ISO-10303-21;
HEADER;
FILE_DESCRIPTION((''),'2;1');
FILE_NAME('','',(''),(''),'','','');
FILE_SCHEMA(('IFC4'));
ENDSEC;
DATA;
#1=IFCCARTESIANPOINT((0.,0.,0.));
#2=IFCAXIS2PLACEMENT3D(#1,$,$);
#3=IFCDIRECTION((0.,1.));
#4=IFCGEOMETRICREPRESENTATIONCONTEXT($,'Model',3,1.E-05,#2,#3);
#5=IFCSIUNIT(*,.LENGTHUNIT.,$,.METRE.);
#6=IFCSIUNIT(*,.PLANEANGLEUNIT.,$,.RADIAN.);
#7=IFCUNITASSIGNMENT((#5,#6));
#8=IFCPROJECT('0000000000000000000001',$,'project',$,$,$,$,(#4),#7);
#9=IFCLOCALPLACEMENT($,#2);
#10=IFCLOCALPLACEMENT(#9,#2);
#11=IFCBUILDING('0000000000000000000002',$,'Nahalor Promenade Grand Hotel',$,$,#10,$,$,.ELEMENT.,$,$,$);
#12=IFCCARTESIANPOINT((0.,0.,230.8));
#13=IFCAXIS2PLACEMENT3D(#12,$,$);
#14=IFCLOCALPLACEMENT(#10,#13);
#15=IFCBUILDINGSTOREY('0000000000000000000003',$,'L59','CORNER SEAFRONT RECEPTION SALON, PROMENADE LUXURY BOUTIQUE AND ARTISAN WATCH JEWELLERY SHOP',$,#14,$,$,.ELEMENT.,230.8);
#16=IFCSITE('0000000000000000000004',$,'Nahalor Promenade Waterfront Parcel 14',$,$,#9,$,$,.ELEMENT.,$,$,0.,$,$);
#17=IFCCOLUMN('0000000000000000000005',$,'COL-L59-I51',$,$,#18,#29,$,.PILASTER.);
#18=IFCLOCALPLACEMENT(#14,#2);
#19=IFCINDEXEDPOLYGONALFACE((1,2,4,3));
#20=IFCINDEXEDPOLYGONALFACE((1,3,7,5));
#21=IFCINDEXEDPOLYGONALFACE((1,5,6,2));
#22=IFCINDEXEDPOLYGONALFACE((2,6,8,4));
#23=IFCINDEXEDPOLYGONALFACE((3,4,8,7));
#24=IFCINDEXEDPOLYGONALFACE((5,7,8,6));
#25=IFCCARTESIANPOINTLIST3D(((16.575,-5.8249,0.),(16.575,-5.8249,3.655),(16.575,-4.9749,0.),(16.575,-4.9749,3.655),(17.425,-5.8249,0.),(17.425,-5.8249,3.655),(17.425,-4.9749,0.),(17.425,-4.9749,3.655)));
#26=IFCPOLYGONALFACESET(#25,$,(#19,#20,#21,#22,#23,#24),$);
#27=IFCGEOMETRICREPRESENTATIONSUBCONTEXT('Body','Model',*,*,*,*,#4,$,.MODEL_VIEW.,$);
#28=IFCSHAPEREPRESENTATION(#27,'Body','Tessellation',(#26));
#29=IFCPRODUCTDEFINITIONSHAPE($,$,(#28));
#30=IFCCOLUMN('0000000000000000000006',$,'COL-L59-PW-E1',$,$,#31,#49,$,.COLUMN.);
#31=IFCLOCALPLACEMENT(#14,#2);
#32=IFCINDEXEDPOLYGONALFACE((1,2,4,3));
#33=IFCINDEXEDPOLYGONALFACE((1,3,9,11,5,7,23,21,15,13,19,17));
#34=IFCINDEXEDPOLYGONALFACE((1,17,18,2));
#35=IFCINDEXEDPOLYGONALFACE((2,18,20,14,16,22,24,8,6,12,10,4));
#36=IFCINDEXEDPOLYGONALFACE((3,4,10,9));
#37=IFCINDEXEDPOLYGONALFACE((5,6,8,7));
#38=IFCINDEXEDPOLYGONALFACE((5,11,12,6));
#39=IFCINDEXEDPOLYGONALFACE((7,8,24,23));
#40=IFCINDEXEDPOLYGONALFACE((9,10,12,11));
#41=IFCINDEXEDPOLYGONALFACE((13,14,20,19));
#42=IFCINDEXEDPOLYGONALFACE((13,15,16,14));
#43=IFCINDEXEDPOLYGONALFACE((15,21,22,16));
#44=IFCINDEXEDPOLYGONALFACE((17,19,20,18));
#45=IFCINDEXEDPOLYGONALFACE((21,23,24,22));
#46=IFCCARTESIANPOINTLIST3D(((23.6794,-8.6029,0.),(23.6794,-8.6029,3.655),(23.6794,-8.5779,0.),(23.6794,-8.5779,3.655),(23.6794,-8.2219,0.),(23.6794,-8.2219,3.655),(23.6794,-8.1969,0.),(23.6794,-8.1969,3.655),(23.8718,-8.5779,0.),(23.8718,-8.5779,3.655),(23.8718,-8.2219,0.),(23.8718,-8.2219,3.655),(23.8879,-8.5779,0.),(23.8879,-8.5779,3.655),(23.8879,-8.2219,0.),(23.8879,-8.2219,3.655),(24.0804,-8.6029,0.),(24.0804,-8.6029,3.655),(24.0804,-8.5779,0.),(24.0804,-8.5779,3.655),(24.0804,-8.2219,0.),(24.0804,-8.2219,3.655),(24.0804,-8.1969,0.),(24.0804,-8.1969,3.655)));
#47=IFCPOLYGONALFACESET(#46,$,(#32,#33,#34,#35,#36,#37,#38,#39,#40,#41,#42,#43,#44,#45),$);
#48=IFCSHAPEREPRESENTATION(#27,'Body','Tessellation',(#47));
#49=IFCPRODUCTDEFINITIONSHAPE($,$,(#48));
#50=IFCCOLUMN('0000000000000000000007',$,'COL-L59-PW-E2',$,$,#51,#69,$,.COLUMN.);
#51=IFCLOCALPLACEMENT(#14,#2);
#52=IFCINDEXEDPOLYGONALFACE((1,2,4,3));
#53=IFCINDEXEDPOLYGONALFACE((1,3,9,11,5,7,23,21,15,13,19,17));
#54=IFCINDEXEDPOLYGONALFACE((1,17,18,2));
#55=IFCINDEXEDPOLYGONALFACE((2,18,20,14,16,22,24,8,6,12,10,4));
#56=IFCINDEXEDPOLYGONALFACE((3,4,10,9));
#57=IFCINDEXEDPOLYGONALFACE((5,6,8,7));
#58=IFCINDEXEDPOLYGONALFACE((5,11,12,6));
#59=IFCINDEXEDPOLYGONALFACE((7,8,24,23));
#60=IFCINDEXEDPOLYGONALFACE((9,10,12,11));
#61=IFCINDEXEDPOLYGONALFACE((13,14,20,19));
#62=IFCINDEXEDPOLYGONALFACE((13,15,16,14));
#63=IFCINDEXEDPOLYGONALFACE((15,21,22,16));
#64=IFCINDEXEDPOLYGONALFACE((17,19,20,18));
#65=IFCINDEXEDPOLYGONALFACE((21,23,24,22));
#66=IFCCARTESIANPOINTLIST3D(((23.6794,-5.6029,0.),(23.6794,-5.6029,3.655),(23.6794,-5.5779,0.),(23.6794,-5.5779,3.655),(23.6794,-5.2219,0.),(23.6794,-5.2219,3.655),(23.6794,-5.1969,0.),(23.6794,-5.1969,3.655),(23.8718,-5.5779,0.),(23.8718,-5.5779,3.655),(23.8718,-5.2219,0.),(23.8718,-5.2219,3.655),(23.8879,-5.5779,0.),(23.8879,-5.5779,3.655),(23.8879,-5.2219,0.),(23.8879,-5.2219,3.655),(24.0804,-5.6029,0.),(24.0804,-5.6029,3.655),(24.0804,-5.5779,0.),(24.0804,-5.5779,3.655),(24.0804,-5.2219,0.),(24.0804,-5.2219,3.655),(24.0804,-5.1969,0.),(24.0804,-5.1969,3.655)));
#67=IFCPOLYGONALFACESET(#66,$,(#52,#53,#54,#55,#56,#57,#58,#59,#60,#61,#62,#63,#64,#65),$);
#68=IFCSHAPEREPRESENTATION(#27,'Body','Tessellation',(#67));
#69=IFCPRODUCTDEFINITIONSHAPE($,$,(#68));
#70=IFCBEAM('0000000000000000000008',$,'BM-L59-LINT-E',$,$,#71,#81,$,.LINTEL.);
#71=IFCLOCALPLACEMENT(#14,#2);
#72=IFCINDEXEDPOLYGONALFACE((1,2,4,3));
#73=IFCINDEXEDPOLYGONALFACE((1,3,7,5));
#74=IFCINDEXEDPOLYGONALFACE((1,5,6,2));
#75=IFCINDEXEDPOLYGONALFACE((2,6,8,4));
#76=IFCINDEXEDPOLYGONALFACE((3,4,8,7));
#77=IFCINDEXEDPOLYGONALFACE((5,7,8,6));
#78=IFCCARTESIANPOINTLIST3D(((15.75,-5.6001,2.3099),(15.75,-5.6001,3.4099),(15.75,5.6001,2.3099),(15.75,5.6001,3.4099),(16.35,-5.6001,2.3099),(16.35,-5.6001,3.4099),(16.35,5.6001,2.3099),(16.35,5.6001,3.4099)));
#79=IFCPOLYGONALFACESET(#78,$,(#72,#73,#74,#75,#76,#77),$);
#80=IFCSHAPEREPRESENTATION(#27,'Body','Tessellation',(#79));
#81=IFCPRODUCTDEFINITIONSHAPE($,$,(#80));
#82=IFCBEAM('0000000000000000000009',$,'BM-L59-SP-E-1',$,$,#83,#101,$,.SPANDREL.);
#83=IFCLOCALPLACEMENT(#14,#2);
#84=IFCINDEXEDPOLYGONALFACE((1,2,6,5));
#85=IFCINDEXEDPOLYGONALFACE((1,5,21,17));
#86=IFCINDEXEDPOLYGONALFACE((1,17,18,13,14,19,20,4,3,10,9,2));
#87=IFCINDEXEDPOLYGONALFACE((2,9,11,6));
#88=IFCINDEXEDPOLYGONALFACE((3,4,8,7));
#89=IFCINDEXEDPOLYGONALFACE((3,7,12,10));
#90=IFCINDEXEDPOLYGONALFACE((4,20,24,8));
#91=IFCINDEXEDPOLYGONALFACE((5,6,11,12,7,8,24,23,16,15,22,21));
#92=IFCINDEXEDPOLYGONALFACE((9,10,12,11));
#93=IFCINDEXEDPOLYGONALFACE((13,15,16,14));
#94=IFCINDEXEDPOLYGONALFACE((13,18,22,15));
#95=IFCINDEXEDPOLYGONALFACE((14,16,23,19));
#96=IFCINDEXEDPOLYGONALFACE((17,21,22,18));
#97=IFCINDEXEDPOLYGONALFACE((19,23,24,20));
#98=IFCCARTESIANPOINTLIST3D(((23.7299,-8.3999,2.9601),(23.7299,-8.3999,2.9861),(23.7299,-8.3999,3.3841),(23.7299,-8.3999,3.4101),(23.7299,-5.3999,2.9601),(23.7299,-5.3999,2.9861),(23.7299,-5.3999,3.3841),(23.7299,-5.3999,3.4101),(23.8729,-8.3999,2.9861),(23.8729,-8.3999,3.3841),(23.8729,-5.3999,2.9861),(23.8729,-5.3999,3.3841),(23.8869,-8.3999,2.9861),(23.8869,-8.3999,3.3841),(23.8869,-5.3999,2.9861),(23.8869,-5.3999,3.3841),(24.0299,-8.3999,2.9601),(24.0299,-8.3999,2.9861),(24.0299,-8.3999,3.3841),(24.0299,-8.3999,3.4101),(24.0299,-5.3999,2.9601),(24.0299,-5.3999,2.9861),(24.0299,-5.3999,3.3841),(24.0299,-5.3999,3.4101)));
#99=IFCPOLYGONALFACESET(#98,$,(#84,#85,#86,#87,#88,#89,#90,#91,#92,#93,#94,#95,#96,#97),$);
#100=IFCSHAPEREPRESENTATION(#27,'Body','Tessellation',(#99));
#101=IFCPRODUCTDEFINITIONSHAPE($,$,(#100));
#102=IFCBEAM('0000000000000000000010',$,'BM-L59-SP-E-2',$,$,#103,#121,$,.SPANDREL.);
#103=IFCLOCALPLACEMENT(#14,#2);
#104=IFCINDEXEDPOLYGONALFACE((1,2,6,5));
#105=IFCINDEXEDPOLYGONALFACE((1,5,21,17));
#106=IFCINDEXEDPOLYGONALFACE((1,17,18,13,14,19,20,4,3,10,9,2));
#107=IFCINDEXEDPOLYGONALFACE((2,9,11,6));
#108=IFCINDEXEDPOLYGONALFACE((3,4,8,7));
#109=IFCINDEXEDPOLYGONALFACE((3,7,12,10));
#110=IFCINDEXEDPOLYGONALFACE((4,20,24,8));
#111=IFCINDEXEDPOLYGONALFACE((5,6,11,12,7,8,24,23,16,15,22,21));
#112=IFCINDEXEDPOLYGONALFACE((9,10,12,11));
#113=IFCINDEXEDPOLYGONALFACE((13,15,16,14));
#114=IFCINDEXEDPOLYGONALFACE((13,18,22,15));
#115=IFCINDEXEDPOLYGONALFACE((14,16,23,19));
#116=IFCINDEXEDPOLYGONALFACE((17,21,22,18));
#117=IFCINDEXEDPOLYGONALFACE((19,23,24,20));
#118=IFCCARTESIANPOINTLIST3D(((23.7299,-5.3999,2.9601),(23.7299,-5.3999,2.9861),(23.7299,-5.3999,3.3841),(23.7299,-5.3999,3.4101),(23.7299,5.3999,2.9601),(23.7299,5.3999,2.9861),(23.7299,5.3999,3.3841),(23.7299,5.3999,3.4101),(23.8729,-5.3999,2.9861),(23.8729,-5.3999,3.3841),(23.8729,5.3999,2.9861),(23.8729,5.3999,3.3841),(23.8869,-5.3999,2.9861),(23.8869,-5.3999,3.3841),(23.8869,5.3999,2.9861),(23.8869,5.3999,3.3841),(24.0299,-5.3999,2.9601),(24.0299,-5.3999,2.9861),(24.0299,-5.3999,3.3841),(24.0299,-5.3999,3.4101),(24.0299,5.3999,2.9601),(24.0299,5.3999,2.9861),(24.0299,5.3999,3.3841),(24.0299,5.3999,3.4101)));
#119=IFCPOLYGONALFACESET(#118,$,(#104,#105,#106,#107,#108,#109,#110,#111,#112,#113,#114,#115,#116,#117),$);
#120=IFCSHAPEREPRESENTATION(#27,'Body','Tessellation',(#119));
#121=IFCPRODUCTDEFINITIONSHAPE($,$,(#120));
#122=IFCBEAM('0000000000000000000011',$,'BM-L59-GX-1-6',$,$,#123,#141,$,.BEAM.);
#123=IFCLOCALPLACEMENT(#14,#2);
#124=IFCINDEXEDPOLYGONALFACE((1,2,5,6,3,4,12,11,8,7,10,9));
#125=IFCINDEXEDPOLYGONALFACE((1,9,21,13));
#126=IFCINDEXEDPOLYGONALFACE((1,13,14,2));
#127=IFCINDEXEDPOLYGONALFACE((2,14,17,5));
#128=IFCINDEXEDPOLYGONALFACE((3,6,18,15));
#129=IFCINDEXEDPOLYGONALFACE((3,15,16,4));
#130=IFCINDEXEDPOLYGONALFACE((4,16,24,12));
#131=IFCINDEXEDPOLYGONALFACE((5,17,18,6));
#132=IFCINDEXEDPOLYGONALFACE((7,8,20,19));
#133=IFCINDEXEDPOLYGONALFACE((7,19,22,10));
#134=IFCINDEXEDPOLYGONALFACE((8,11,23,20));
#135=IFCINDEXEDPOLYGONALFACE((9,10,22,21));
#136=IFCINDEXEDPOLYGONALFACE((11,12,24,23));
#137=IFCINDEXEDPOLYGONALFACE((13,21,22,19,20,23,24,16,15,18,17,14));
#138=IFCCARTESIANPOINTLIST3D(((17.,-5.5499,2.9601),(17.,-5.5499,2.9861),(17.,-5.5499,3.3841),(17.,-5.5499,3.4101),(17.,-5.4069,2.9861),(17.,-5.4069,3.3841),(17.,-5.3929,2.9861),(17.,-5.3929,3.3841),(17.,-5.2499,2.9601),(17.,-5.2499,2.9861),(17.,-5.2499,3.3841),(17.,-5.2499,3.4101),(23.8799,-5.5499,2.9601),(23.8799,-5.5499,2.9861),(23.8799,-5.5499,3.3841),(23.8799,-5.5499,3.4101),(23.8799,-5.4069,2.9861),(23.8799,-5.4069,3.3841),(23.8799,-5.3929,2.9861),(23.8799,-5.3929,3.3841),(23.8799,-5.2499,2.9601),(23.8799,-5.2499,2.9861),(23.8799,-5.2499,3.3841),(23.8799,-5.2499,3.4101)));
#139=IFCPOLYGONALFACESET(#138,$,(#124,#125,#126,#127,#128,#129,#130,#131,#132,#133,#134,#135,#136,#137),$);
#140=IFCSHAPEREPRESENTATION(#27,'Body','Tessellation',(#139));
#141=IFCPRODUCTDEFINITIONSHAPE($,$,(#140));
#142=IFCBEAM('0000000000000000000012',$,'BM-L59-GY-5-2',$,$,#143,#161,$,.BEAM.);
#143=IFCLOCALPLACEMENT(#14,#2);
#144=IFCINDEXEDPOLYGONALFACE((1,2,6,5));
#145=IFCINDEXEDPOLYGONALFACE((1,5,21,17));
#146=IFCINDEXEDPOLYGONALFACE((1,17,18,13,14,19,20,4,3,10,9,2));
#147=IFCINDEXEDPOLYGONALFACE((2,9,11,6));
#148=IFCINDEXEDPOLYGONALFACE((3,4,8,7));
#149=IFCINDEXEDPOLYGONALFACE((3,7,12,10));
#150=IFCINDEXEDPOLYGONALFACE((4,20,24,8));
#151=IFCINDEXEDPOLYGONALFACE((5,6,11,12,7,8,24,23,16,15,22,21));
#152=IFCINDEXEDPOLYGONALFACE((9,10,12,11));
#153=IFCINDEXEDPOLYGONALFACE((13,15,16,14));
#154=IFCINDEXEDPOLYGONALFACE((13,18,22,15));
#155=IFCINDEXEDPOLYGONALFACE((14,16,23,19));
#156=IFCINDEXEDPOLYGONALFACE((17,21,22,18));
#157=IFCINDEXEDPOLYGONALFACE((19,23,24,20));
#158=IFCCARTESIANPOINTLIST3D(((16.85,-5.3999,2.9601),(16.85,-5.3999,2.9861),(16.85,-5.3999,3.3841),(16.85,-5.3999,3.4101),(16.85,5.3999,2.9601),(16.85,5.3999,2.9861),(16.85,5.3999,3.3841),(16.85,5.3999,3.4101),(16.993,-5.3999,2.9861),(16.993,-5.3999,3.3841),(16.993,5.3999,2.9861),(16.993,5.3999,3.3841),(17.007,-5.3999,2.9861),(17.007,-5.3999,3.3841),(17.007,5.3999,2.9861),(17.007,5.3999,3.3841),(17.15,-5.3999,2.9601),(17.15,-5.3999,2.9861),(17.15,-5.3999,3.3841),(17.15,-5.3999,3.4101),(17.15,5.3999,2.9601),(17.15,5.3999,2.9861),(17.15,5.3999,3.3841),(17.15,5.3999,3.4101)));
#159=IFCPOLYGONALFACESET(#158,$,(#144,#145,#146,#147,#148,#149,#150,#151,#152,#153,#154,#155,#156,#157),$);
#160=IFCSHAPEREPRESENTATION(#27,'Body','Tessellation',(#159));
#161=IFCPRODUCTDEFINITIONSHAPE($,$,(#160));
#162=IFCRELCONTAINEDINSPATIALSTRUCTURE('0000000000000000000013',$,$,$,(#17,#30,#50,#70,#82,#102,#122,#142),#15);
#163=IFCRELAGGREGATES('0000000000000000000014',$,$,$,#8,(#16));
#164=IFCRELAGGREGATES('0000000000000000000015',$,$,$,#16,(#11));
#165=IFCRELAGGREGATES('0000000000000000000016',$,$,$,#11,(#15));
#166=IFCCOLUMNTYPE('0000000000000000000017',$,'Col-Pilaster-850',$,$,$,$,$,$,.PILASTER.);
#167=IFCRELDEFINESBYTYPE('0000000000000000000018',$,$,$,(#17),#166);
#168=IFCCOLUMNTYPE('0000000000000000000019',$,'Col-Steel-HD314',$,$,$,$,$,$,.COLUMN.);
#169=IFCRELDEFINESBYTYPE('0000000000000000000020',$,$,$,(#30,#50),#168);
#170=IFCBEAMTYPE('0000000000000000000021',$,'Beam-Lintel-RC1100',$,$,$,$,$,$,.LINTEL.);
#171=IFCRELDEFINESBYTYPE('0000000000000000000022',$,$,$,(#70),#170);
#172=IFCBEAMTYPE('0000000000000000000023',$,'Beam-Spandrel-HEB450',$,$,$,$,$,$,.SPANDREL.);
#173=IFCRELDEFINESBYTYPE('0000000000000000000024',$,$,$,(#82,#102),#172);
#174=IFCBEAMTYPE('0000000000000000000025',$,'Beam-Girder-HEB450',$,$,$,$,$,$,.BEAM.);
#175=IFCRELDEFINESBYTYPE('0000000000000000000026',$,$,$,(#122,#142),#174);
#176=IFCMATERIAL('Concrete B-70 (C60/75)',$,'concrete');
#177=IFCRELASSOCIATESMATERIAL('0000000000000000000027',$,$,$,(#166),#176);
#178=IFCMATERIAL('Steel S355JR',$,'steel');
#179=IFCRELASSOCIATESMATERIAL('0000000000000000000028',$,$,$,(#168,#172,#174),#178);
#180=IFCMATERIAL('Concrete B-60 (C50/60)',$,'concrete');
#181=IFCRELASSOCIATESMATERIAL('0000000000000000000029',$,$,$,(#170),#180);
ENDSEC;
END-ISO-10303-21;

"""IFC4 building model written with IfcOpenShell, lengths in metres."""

from ifc_helpers import new_model, si_unit, direction, frame, origin, origin_2d, place, context, subcontext, project, spatial, rectangle, i_section, extrude, source, transform, mapped, material, material_profile, profile_set, type_object, element, save


model = new_model("IFC4")

# Units and contexts
model_context = context("Model", 3, precision=1e-05, world=origin(), true_north=direction((0.0, 1.0)))
body_context = subcontext(model_context, "Body", "Model", "MODEL_VIEW")
ifc_project = project(units=[si_unit("LENGTHUNIT", "METRE"), si_unit("PLANEANGLEUNIT", "RADIAN")], contexts=[model_context])

# Site, building, storey
site_placement = place(None, origin())
site = spatial("IfcSite", under=ifc_project, at=site_placement, Name="Nahalor Promenade Waterfront Parcel 14", CompositionType="ELEMENT", RefElevation=0.0)
building_placement = place(site_placement, origin())
building = spatial("IfcBuilding", under=site, at=building_placement, Name="Nahalor Promenade Grand Hotel", CompositionType="ELEMENT")
storey_placement = place(building_placement, frame((0.0, 0.0, 230.8)))
storey = spatial("IfcBuildingStorey", under=building, at=storey_placement, Name="L59", Description="CORNER SEAFRONT RECEPTION SALON, PROMENADE LUXURY BOUTIQUE AND ARTISAN WATCH JEWELLERY SHOP", CompositionType="ELEMENT", Elevation=230.8)

# Columns
ifc_material_1 = material(Name="Concrete B-70 (C60/75)", Category="concrete")
ifc_material_profile_1 = material_profile(ifc_material_1, rectangle(XDim=0.85, YDim=0.85, at=origin_2d()), Name="RC 850x850")
ifc_profile_set_1 = profile_set([ifc_material_profile_1], Name="Concrete B-70 (C60/75)")
column_type_1 = type_object("IfcColumnType", Name="Col-Pilaster-850", PredefinedType="PILASTER", material=ifc_profile_set_1)
shared_shape_1 = source(origin(), body_context, "Body", "SweptSolid", [
    extrude(rectangle(XDim=0.85, YDim=0.85, at=origin_2d()), origin(), (0.0, 0.0, 1.0), 3.655),
])
column_placement = place(storey_placement, frame((17.0, -5.3999, 0.0), z_axis=(0.0, 0.0, 1.0), x_axis=(1.0, 0.0, 0.0)))
element("IfcColumn", 1, at=column_placement, inside=storey, type_object=column_type_1, Name="COL-L59-I51", PredefinedType="PILASTER", context=body_context, shape_type="MappedRepresentation", body=[
    mapped(shared_shape_1, transform((0.0, 0.0, 0.0), scale=1.0)),
])
ifc_material_2 = material(Name="Steel S355JR", Category="steel")
ifc_material_profile_2 = material_profile(ifc_material_2, i_section(OverallWidth=0.401, OverallDepth=0.406, WebThickness=0.0161, FlangeThickness=0.025, at=origin_2d()), Name="HD 400x314")
ifc_profile_set_2 = profile_set([ifc_material_profile_2], Name="Steel S355JR")
column_type_2 = type_object("IfcColumnType", Name="Col-Steel-HD314", PredefinedType="COLUMN", material=ifc_profile_set_2)
shared_shape_2 = source(origin(), body_context, "Body", "SweptSolid", [
    extrude(i_section(OverallWidth=0.401, OverallDepth=0.406, WebThickness=0.0161, FlangeThickness=0.025, at=origin_2d()), origin(), (0.0, 0.0, 1.0), 3.655),
])
for number, where, z_axis, x_axis, name in (
    (2, (23.8799, -8.3999, 0.0), (0.0, 0.0, 1.0), (1.0, 0.0, 0.0), "COL-L59-PW-E1"),
    (3, (23.8799, -5.3999, 0.0), (0.0, 0.0, 1.0), (1.0, 0.0, 0.0), "COL-L59-PW-E2"),
):
    element("IfcColumn", number, at=place(storey_placement, frame(where, z_axis=z_axis, x_axis=x_axis)), inside=storey, type_object=column_type_2, Name=name, PredefinedType="COLUMN", context=body_context, shape_type="MappedRepresentation", body=[
        mapped(shared_shape_2, transform((0.0, 0.0, 0.0), scale=1.0)),
    ])

# Beams
ifc_material_3 = material(Name="Concrete B-60 (C50/60)", Category="concrete")
ifc_material_profile_3 = material_profile(ifc_material_3, rectangle(XDim=0.6, YDim=1.1, at=origin_2d()), Name="RC 600x1100")
ifc_profile_set_3 = profile_set([ifc_material_profile_3], Name="Concrete B-60 (C50/60)")
beam_type_1 = type_object("IfcBeamType", Name="Beam-Lintel-RC1100", PredefinedType="LINTEL", material=ifc_profile_set_3)
shared_shape_3 = source(origin(), body_context, "Body", "SweptSolid", [
    extrude(rectangle(XDim=0.6, YDim=1.1, at=origin_2d()), origin(), (0.0, 0.0, 1.0), 11.2002),
])
beam_1_placement = place(storey_placement, frame((16.05, -5.6001, 2.8599), z_axis=(0.0, 1.0, 0.0), x_axis=(-1.0, 0.0, 0.0)))
element("IfcBeam", 4, at=beam_1_placement, inside=storey, type_object=beam_type_1, Name="BM-L59-LINT-E", PredefinedType="LINTEL", context=body_context, shape_type="MappedRepresentation", body=[
    mapped(shared_shape_3, transform((0.0, 0.0, 0.0), scale=1.0)),
])
ifc_material_profile_4 = material_profile(ifc_material_2, i_section(OverallWidth=0.3, OverallDepth=0.45, WebThickness=0.014, FlangeThickness=0.026, at=origin_2d()), Name="HEB 450")
ifc_profile_set_4 = profile_set([ifc_material_profile_4], Name="Steel S355JR")
beam_type_2 = type_object("IfcBeamType", Name="Beam-Spandrel-HEB450", PredefinedType="SPANDREL", material=ifc_profile_set_4)
shared_shape_4 = source(origin(), body_context, "Body", "SweptSolid", [
    extrude(i_section(OverallWidth=0.3, OverallDepth=0.45, WebThickness=0.014, FlangeThickness=0.026, at=origin_2d()), origin(), (0.0, 0.0, 1.0), 3.0),
])
beam_2_placement = place(storey_placement, frame((23.8799, -8.3999, 3.1851), z_axis=(0.0, 1.0, 0.0), x_axis=(-1.0, 0.0, 0.0)))
element("IfcBeam", 5, at=beam_2_placement, inside=storey, type_object=beam_type_2, Name="BM-L59-SP-E-1", PredefinedType="SPANDREL", context=body_context, shape_type="MappedRepresentation", body=[
    mapped(shared_shape_4, transform((0.0, 0.0, 0.0), scale=1.0)),
])
shared_shape_5 = source(origin(), body_context, "Body", "SweptSolid", [
    extrude(i_section(OverallWidth=0.3, OverallDepth=0.45, WebThickness=0.014, FlangeThickness=0.026, at=origin_2d()), origin(), (0.0, 0.0, 1.0), 10.7998),
])
beam_3_placement = place(storey_placement, frame((23.8799, -5.3999, 3.1851), z_axis=(0.0, 1.0, 0.0), x_axis=(-1.0, 0.0, 0.0)))
element("IfcBeam", 6, at=beam_3_placement, inside=storey, type_object=beam_type_2, Name="BM-L59-SP-E-2", PredefinedType="SPANDREL", context=body_context, shape_type="MappedRepresentation", body=[
    mapped(shared_shape_5, transform((0.0, 0.0, 0.0), scale=1.0)),
])
ifc_material_profile_5 = material_profile(ifc_material_2, i_section(OverallWidth=0.3, OverallDepth=0.45, WebThickness=0.014, FlangeThickness=0.026, at=origin_2d()), Name="HEB 450")
ifc_profile_set_5 = profile_set([ifc_material_profile_5], Name="Steel S355JR")
beam_type_3 = type_object("IfcBeamType", Name="Beam-Girder-HEB450", PredefinedType="BEAM", material=ifc_profile_set_5)
shared_shape_6 = source(origin(), body_context, "Body", "SweptSolid", [
    extrude(i_section(OverallWidth=0.3, OverallDepth=0.45, WebThickness=0.014, FlangeThickness=0.026, at=origin_2d()), origin(), (0.0, 0.0, 1.0), 6.8799),
])
beam_4_placement = place(storey_placement, frame((17.0, -5.3999, 3.1851), z_axis=(1.0, 0.0, 0.0), x_axis=(0.0, 1.0, 0.0)))
element("IfcBeam", 7, at=beam_4_placement, inside=storey, type_object=beam_type_3, Name="BM-L59-GX-1-6", PredefinedType="BEAM", context=body_context, shape_type="MappedRepresentation", body=[
    mapped(shared_shape_6, transform((0.0, 0.0, 0.0), scale=1.0)),
])
shared_shape_7 = source(origin(), body_context, "Body", "SweptSolid", [
    extrude(i_section(OverallWidth=0.3, OverallDepth=0.45, WebThickness=0.014, FlangeThickness=0.026, at=origin_2d()), origin(), (0.0, 0.0, 1.0), 10.7998),
])
beam_5_placement = place(storey_placement, frame((17.0, -5.3999, 3.1851), z_axis=(0.0, 1.0, 0.0), x_axis=(-1.0, 0.0, 0.0)))
element("IfcBeam", 8, at=beam_5_placement, inside=storey, type_object=beam_type_3, Name="BM-L59-GY-5-2", PredefinedType="BEAM", context=body_context, shape_type="MappedRepresentation", body=[
    mapped(shared_shape_7, transform((0.0, 0.0, 0.0), scale=1.0)),
])

save(model, "model.ifc")
